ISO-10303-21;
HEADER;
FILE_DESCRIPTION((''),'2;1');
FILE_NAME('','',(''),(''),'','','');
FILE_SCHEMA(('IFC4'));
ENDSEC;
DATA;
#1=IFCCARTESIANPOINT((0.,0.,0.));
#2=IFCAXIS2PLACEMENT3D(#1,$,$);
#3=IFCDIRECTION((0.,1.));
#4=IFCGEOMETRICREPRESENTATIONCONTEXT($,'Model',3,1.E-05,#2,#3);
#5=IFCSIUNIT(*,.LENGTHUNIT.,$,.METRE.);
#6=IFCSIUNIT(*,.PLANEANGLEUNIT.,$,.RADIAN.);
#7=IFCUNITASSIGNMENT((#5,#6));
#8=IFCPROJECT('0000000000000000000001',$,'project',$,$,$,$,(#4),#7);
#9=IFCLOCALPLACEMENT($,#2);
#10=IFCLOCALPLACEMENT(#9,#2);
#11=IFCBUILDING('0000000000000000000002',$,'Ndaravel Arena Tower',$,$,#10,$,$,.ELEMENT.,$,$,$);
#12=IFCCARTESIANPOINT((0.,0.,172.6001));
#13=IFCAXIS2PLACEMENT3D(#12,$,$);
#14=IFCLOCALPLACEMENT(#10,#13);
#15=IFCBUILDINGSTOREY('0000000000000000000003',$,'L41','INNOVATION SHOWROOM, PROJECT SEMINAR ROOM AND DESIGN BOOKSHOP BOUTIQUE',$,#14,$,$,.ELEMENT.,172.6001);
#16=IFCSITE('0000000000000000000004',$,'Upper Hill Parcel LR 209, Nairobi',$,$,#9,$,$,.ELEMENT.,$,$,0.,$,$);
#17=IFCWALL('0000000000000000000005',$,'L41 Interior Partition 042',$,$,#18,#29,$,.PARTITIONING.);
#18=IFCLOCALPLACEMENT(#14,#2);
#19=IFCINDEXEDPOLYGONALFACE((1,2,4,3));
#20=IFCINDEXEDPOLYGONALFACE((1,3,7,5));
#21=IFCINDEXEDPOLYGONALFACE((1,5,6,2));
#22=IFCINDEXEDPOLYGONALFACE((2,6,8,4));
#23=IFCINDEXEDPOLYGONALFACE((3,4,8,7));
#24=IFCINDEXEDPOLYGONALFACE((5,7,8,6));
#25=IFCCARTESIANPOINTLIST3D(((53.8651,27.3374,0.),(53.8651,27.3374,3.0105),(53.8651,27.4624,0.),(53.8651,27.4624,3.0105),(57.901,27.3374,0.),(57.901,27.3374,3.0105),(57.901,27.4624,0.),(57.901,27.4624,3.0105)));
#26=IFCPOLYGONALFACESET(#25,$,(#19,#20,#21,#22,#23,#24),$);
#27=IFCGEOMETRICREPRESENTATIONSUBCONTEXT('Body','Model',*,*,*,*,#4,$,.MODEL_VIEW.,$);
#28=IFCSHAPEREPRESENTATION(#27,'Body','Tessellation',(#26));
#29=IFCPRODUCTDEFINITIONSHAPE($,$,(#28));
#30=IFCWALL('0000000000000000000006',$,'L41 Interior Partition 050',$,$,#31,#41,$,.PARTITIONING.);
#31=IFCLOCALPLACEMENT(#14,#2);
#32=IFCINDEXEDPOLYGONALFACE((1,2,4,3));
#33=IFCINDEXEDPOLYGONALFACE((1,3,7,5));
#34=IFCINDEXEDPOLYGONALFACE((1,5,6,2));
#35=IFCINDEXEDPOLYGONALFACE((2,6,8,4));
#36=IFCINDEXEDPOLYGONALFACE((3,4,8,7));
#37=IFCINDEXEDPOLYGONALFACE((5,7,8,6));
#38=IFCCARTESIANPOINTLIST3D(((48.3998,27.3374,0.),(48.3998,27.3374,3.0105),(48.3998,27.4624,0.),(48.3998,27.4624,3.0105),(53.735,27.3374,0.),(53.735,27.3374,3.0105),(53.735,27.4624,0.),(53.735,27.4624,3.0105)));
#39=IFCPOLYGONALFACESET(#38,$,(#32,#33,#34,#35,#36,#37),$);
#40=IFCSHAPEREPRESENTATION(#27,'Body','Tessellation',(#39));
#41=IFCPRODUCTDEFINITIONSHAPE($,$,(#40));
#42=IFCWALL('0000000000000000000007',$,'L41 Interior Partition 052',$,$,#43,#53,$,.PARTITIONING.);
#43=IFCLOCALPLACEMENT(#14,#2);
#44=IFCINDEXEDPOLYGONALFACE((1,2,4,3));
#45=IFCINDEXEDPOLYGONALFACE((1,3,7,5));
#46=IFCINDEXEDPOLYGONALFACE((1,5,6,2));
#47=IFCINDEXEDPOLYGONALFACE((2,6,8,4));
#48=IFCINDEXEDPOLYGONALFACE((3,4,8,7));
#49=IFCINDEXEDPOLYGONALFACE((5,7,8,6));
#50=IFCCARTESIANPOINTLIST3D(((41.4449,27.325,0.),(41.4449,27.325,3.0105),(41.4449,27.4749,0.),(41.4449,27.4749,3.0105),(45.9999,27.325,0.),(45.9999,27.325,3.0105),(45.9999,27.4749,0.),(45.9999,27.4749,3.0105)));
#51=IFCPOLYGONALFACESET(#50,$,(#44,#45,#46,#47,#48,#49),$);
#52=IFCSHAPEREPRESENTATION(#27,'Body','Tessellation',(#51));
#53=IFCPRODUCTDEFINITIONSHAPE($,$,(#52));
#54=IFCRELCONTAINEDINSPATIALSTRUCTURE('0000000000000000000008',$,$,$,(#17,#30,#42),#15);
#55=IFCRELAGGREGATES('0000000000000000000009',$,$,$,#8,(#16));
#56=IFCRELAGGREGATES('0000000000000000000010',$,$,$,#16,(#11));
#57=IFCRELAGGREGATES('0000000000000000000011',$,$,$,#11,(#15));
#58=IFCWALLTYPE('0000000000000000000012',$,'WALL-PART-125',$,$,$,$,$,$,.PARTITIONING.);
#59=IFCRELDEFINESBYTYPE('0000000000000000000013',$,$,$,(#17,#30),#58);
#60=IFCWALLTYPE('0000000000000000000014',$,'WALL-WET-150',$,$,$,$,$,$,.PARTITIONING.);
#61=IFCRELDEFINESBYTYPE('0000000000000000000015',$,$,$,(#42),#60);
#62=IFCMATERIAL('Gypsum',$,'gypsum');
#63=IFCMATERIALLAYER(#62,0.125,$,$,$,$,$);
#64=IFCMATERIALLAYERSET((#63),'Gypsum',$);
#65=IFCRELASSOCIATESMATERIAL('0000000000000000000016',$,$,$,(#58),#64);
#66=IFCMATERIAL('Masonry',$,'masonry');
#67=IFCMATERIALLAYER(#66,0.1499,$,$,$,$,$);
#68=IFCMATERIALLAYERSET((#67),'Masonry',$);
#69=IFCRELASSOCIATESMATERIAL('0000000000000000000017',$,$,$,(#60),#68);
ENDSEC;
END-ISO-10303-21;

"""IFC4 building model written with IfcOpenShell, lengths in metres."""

from ifc_helpers import new_model, si_unit, direction, frame, frame_2d, origin, place, context, subcontext, project, spatial, rectangle, extrude, material, layer, layer_set, type_object, element, save


model = new_model("IFC4")

# Units and contexts
model_context = context("Model", 3, precision=1e-05, world=origin(), true_north=direction((0.0, 1.0)))
body_context = subcontext(model_context, "Body", "Model", "MODEL_VIEW")
ifc_project = project(units=[si_unit("LENGTHUNIT", "METRE"), si_unit("PLANEANGLEUNIT", "RADIAN")], contexts=[model_context])

# Site, building, storey
site_placement = place(None, origin())
site = spatial("IfcSite", under=ifc_project, at=site_placement, Name="Upper Hill Parcel LR 209, Nairobi", CompositionType="ELEMENT", RefElevation=0.0)
building_placement = place(site_placement, origin())
building = spatial("IfcBuilding", under=site, at=building_placement, Name="Ndaravel Arena Tower", CompositionType="ELEMENT")
storey_placement = place(building_placement, frame((0.0, 0.0, 172.6001)))
storey = spatial("IfcBuildingStorey", under=building, at=storey_placement, Name="L41", Description="INNOVATION SHOWROOM, PROJECT SEMINAR ROOM AND DESIGN BOOKSHOP BOUTIQUE", CompositionType="ELEMENT", Elevation=172.6001)

# Shared definitions
ifc_material_1 = material(Name="Gypsum", Category="gypsum")
ifc_layer_1 = layer(ifc_material_1, 0.125)
ifc_layer_set_1 = layer_set([ifc_layer_1], Name="Gypsum")
wall_type_1 = type_object("IfcWallType", Name="WALL-PART-125", PredefinedType="PARTITIONING", material=ifc_layer_set_1)

# Walls
wall_1_placement = place(storey_placement, frame((53.865, 27.3999, 0.0), z_axis=(0.0, 0.0, 1.0), x_axis=(1.0, 0.0, 0.0)))
element("IfcWall", 1, at=wall_1_placement, inside=storey, type_object=wall_type_1, Name="L41 Interior Partition 042", PredefinedType="PARTITIONING", context=body_context, shape_type="SweptSolid", body=[
    extrude(rectangle(XDim=4.0359, YDim=0.125, at=frame_2d((2.0181, 0.0))), origin(), (0.0, 0.0, 1.0), 3.0105),
])
wall_2_placement = place(storey_placement, frame((48.3999, 27.3999, 0.0), z_axis=(0.0, 0.0, 1.0), x_axis=(1.0, 0.0, 0.0)))
element("IfcWall", 2, at=wall_2_placement, inside=storey, type_object=wall_type_1, Name="L41 Interior Partition 050", PredefinedType="PARTITIONING", context=body_context, shape_type="SweptSolid", body=[
    extrude(rectangle(XDim=5.3352, YDim=0.125, at=frame_2d((2.6675, 0.0))), origin(), (0.0, 0.0, 1.0), 3.0105),
])

# Shared definitions
ifc_material_2 = material(Name="Masonry", Category="masonry")
ifc_layer_2 = layer(ifc_material_2, 0.1499)
ifc_layer_set_2 = layer_set([ifc_layer_2], Name="Masonry")
wall_type_2 = type_object("IfcWallType", Name="WALL-WET-150", PredefinedType="PARTITIONING", material=ifc_layer_set_2)

# Wall
wall_3_placement = place(storey_placement, frame((41.4451, 27.3999, 0.0), z_axis=(0.0, 0.0, 1.0), x_axis=(1.0, 0.0, 0.0)))
element("IfcWall", 3, at=wall_3_placement, inside=storey, type_object=wall_type_2, Name="L41 Interior Partition 052", PredefinedType="PARTITIONING", context=body_context, shape_type="SweptSolid", body=[
    extrude(rectangle(XDim=4.5549, YDim=0.1499, at=frame_2d((2.2773, 0.0))), origin(), (0.0, 0.0, 1.0), 3.0105),
])

save(model, "model.ifc")
